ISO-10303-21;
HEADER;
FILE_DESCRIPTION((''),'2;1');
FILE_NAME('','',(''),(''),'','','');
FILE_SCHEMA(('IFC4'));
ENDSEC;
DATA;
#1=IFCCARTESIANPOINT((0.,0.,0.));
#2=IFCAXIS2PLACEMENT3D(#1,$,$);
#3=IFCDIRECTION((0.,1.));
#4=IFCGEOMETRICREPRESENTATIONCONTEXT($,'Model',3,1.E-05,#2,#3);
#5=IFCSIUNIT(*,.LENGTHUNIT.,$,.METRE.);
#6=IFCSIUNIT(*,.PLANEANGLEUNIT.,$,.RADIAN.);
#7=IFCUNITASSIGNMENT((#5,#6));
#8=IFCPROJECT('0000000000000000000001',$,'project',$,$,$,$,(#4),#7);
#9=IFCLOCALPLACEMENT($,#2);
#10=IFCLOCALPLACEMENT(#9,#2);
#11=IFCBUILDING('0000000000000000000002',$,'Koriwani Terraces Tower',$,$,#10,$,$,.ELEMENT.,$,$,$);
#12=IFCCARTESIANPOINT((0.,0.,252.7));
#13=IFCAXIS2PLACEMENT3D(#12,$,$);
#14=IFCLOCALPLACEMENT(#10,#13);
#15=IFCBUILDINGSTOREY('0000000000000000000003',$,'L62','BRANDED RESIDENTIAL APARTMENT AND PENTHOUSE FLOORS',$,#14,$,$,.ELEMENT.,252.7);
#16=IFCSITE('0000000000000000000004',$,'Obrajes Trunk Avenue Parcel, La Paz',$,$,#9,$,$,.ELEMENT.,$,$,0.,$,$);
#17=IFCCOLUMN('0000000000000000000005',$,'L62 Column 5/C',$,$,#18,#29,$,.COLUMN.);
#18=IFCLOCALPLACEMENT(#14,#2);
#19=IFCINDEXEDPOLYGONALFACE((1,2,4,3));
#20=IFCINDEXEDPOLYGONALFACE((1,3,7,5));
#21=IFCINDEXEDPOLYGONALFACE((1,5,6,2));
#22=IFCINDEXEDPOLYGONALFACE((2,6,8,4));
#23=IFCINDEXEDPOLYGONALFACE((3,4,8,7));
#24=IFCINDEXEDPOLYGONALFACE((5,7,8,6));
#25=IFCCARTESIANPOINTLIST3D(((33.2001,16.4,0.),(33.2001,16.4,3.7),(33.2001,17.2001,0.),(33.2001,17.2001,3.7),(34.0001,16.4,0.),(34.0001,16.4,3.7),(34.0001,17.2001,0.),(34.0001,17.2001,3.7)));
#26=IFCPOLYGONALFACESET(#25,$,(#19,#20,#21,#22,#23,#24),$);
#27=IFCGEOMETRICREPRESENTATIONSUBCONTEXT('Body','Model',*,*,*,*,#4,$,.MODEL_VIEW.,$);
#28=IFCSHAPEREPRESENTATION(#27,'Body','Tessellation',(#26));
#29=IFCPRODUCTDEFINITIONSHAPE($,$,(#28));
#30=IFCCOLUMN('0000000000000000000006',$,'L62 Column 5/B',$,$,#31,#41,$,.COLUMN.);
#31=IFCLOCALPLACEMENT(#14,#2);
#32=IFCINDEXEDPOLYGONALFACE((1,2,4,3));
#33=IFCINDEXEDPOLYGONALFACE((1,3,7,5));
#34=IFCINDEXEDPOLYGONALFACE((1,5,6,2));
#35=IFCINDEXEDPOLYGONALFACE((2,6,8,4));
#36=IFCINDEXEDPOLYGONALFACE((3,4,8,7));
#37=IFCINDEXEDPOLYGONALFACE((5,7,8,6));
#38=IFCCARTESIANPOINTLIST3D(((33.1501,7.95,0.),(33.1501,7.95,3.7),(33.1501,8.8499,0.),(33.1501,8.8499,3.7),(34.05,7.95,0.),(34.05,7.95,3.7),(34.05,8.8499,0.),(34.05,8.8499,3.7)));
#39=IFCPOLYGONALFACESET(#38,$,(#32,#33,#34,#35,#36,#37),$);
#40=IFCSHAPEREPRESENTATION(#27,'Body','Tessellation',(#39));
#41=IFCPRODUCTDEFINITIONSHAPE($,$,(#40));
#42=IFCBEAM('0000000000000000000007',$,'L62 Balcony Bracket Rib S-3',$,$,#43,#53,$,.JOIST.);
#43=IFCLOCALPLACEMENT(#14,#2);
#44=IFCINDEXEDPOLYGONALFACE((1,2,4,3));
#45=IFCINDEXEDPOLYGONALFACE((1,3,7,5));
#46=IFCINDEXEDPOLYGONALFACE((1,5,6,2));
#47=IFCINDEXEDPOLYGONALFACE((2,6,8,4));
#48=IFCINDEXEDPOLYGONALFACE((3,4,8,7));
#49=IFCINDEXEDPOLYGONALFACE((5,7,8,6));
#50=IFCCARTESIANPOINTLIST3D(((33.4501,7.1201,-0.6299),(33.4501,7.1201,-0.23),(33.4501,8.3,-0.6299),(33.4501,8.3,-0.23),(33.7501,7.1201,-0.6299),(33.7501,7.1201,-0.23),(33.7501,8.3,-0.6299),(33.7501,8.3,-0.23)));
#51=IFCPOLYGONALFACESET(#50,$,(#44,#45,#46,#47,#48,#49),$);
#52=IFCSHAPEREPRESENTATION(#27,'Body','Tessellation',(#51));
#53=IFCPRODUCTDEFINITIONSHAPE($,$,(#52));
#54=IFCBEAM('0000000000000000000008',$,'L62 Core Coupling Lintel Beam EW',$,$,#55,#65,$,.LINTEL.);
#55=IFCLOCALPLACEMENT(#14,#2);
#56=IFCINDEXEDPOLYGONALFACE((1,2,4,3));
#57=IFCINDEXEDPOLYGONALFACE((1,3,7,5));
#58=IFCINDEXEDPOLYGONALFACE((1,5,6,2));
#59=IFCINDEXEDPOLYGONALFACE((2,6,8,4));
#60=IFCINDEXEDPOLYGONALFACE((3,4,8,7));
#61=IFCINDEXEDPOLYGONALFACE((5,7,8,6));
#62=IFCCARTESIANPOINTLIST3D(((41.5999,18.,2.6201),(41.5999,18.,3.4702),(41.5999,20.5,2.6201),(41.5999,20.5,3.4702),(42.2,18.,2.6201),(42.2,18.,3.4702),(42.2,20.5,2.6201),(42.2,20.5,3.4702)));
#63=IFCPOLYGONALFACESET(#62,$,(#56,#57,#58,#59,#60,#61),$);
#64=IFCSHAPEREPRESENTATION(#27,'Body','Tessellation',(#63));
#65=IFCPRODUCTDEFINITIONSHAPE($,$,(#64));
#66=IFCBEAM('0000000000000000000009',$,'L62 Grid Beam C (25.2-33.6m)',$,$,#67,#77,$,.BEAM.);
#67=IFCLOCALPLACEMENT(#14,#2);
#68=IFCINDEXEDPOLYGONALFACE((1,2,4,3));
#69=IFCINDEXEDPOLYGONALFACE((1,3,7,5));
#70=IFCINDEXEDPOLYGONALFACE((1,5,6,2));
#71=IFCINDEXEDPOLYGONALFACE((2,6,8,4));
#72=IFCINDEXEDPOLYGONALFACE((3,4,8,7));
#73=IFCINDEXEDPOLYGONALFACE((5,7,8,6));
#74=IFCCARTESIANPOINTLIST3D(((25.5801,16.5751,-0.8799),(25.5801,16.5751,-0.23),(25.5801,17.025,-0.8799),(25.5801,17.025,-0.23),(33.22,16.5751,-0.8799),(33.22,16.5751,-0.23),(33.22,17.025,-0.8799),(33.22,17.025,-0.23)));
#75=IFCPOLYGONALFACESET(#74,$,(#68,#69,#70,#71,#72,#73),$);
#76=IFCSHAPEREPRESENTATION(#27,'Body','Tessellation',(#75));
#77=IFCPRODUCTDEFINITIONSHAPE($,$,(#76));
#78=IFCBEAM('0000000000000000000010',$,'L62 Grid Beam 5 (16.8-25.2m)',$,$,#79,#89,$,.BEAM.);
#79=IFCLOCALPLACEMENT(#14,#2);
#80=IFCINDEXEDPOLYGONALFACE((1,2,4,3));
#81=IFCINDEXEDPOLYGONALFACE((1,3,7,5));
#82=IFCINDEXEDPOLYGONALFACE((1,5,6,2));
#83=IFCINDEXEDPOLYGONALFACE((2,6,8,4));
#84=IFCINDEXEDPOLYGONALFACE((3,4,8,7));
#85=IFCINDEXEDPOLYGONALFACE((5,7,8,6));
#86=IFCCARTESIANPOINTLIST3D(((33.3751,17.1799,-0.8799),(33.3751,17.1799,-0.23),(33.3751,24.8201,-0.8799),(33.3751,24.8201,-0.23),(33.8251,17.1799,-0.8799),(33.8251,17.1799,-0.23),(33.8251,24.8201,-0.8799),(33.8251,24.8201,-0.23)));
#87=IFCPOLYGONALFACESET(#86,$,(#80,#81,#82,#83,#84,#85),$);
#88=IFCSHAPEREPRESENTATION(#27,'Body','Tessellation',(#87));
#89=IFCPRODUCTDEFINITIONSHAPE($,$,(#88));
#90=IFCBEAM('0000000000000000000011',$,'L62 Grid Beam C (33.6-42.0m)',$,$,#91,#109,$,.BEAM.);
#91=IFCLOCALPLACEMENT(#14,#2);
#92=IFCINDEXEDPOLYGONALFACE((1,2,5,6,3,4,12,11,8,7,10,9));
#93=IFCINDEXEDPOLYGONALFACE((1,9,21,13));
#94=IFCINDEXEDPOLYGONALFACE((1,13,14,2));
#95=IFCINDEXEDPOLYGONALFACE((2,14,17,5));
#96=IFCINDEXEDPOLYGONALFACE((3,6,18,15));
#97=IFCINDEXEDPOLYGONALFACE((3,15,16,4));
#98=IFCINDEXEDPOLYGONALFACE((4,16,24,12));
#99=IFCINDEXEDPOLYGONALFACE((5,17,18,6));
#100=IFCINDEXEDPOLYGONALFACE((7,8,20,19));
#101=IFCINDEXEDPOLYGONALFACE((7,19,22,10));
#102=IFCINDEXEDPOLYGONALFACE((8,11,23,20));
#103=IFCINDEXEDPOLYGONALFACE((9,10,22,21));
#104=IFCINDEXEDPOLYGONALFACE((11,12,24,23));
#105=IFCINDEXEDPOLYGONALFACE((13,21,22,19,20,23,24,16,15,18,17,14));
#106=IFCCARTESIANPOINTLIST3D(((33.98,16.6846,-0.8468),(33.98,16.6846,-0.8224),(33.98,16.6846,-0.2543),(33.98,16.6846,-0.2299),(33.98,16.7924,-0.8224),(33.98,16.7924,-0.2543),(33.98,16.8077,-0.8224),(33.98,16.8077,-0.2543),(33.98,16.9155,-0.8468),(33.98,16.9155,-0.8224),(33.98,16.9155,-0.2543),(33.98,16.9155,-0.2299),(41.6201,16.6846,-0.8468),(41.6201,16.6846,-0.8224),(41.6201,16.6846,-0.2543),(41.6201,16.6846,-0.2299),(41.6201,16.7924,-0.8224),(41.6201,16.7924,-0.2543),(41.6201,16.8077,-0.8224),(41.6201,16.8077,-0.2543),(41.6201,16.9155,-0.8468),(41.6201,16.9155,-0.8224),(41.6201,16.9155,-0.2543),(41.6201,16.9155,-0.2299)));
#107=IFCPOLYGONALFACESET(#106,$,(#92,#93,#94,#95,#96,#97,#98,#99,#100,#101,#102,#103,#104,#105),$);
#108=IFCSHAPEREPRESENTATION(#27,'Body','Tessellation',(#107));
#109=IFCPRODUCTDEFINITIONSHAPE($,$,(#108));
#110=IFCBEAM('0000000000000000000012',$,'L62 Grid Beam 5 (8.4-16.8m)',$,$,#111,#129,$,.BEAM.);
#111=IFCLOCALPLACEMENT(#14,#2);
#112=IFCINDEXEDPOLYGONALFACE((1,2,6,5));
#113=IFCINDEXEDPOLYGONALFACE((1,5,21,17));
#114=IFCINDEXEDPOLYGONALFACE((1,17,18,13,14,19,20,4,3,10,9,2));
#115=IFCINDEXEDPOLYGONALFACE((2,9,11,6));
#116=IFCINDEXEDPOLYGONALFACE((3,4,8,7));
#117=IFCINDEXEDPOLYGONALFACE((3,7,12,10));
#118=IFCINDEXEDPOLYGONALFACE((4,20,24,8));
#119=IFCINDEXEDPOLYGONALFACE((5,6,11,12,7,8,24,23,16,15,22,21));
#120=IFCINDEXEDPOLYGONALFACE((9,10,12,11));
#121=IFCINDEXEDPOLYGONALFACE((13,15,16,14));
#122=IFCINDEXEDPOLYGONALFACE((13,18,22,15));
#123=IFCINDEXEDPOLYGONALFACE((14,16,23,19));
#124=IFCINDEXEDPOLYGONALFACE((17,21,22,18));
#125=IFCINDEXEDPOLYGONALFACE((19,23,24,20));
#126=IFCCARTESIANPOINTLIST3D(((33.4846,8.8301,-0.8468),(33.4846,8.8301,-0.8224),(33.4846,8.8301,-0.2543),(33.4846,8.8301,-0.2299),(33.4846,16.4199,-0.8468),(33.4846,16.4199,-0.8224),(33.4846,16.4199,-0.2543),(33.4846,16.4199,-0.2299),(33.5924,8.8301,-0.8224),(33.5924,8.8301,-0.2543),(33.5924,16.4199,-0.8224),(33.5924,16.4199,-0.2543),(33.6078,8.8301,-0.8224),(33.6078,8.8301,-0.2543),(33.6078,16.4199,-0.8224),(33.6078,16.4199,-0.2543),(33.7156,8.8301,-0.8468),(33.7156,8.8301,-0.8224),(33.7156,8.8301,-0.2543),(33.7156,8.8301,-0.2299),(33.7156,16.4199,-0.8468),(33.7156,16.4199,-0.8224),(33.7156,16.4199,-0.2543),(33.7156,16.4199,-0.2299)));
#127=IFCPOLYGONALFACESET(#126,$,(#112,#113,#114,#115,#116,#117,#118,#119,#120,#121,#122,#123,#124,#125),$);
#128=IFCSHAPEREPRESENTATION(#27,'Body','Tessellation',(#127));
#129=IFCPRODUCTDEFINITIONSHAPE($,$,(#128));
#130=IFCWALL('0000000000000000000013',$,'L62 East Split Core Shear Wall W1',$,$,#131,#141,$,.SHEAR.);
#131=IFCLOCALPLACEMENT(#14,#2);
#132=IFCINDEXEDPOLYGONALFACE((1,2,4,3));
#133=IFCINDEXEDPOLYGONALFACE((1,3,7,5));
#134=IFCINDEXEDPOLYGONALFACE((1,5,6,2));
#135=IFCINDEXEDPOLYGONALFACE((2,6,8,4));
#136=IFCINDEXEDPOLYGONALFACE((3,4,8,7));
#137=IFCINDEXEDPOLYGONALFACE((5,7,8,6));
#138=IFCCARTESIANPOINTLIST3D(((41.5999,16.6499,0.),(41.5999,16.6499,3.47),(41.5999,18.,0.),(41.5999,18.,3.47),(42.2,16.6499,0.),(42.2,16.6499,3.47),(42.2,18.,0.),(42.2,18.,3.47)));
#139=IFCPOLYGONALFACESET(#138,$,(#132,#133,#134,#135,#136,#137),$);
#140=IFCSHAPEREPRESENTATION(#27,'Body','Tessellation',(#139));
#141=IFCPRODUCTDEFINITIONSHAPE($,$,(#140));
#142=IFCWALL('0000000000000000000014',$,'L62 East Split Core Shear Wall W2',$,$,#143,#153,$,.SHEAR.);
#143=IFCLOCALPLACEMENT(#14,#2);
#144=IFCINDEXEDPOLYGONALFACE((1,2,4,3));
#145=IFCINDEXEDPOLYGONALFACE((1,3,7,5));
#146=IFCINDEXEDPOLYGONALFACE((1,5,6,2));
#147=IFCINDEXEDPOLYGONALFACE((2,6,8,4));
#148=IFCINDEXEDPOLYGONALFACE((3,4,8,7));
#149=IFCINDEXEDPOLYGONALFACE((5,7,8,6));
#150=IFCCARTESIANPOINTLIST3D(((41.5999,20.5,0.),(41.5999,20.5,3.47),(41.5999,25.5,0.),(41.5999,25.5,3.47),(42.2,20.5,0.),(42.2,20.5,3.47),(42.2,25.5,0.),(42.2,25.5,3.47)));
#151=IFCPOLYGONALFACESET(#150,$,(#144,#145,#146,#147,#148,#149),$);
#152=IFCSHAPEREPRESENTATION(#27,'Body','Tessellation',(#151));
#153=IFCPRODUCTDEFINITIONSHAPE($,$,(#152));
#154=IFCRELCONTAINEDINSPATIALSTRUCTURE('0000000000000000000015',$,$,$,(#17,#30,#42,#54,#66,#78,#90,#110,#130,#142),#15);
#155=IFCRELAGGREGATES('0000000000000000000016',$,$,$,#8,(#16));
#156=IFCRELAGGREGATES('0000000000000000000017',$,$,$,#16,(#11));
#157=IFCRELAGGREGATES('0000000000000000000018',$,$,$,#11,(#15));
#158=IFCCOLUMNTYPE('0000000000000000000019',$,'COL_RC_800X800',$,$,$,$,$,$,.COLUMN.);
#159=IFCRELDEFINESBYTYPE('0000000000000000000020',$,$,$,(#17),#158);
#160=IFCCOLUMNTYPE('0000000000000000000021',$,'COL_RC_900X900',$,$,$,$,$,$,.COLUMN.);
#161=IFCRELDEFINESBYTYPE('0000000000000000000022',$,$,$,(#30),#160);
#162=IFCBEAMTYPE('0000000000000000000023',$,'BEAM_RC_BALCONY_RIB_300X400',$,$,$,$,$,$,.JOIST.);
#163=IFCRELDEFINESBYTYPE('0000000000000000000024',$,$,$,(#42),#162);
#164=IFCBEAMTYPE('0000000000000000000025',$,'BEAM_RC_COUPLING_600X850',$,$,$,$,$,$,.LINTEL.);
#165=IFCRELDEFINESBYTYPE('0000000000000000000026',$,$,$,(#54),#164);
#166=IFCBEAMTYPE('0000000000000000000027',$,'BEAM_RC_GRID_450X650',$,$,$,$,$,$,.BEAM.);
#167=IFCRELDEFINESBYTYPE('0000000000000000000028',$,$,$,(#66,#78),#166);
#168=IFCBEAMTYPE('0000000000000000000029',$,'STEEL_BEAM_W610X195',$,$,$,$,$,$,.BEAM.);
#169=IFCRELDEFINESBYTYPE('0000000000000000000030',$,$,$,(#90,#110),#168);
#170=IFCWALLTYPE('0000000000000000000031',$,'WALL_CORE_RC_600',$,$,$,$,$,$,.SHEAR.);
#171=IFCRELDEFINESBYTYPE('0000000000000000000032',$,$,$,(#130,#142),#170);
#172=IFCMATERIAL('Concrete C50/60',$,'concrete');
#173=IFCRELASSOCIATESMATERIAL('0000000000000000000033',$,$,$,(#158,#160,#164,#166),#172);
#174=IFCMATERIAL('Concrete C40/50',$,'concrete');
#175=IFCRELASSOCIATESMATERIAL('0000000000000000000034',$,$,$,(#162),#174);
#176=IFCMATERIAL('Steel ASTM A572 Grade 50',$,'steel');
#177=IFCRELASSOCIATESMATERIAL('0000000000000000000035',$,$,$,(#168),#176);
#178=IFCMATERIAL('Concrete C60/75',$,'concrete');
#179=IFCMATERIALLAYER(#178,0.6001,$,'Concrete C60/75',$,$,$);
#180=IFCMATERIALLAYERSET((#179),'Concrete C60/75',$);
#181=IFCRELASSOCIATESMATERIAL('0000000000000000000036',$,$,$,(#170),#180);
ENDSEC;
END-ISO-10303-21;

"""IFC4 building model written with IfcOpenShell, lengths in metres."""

from ifc_helpers import new_model, si_unit, direction, frame, frame_2d, origin, origin_2d, place, context, subcontext, project, spatial, rectangle, i_section, extrude, material, layer, layer_set, material_profile, profile_set, type_object, element, save


model = new_model("IFC4")

# Units and contexts
model_context = context("Model", 3, precision=1e-05, world=origin(), true_north=direction((0.0, 1.0)))
body_context = subcontext(model_context, "Body", "Model", "MODEL_VIEW")
ifc_project = project(units=[si_unit("LENGTHUNIT", "METRE"), si_unit("PLANEANGLEUNIT", "RADIAN")], contexts=[model_context])

# Site, building, storey
site_placement = place(None, origin())
site = spatial("IfcSite", under=ifc_project, at=site_placement, Name="Obrajes Trunk Avenue Parcel, La Paz", CompositionType="ELEMENT", RefElevation=0.0)
building_placement = place(site_placement, origin())
building = spatial("IfcBuilding", under=site, at=building_placement, Name="Koriwani Terraces Tower", CompositionType="ELEMENT")
storey_placement = place(building_placement, frame((0.0, 0.0, 252.7)))
storey = spatial("IfcBuildingStorey", under=building, at=storey_placement, Name="L62", Description="BRANDED RESIDENTIAL APARTMENT AND PENTHOUSE FLOORS", CompositionType="ELEMENT", Elevation=252.7)

# Columns
ifc_material_1 = material(Name="Concrete C50/60", Category="concrete")
ifc_material_profile_1 = material_profile(ifc_material_1, rectangle(XDim=0.8, YDim=0.8, at=origin_2d()), Name="Concrete C50/60", Category="LoadBearing")
ifc_profile_set_1 = profile_set([ifc_material_profile_1], Name="Concrete C50/60")
column_type_1 = type_object("IfcColumnType", Name="COL_RC_800X800", PredefinedType="COLUMN", material=ifc_profile_set_1)
column_1_placement = place(storey_placement, frame((33.6001, 16.8, 0.0), z_axis=(0.0, 0.0, 1.0), x_axis=(1.0, 0.0, 0.0)))
element("IfcColumn", 1, at=column_1_placement, inside=storey, type_object=column_type_1, Name="L62 Column 5/C", PredefinedType="COLUMN", context=body_context, shape_type="SweptSolid", body=[
    extrude(rectangle(XDim=0.8, YDim=0.8, at=origin_2d()), origin(), (0.0, 0.0, 1.0), 3.7),
])
ifc_material_profile_2 = material_profile(ifc_material_1, rectangle(XDim=0.8999, YDim=0.8999, at=origin_2d()), Name="Concrete C50/60", Category="LoadBearing")
ifc_profile_set_2 = profile_set([ifc_material_profile_2], Name="Concrete C50/60")
column_type_2 = type_object("IfcColumnType", Name="COL_RC_900X900", PredefinedType="COLUMN", material=ifc_profile_set_2)
column_2_placement = place(storey_placement, frame((33.6001, 8.3999, 0.0), z_axis=(0.0, 0.0, 1.0), x_axis=(1.0, 0.0, 0.0)))
element("IfcColumn", 2, at=column_2_placement, inside=storey, type_object=column_type_2, Name="L62 Column 5/B", PredefinedType="COLUMN", context=body_context, shape_type="SweptSolid", body=[
    extrude(rectangle(XDim=0.8999, YDim=0.8999, at=origin_2d()), origin(), (0.0, 0.0, 1.0), 3.7),
])

# Beams
ifc_material_2 = material(Name="Concrete C40/50", Category="concrete")
ifc_material_profile_3 = material_profile(ifc_material_2, rectangle(XDim=0.3, YDim=0.3999, at=origin_2d()), Name="Concrete C40/50", Category="LoadBearing")
ifc_profile_set_3 = profile_set([ifc_material_profile_3], Name="Concrete C40/50")
beam_type_1 = type_object("IfcBeamType", Name="BEAM_RC_BALCONY_RIB_300X400", PredefinedType="JOIST", material=ifc_profile_set_3)
beam_1_placement = place(storey_placement, frame((33.6001, 7.1201, -0.4299), z_axis=(0.0, 1.0, 0.0), x_axis=(-1.0, 0.0, 0.0)))
element("IfcBeam", 3, at=beam_1_placement, inside=storey, type_object=beam_type_1, Name="L62 Balcony Bracket Rib S-3", PredefinedType="JOIST", context=body_context, shape_type="SweptSolid", body=[
    extrude(rectangle(XDim=0.3, YDim=0.3999, at=origin_2d()), origin(), (0.0, 0.0, 1.0), 1.1799),
])
ifc_material_profile_4 = material_profile(ifc_material_1, rectangle(XDim=0.6001, YDim=0.8501, at=origin_2d()), Name="Concrete C50/60", Category="LoadBearing")
ifc_profile_set_4 = profile_set([ifc_material_profile_4], Name="Concrete C50/60")
beam_type_2 = type_object("IfcBeamType", Name="BEAM_RC_COUPLING_600X850", PredefinedType="LINTEL", material=ifc_profile_set_4)
beam_2_placement = place(storey_placement, frame((41.8999, 18.0, 3.0452), z_axis=(0.0, 1.0, 0.0), x_axis=(-1.0, 0.0, 0.0)))
element("IfcBeam", 4, at=beam_2_placement, inside=storey, type_object=beam_type_2, Name="L62 Core Coupling Lintel Beam EW", PredefinedType="LINTEL", context=body_context, shape_type="SweptSolid", body=[
    extrude(rectangle(XDim=0.6001, YDim=0.8501, at=origin_2d()), origin(), (0.0, 0.0, 1.0), 2.5),
])
ifc_material_profile_5 = material_profile(ifc_material_1, rectangle(XDim=0.45, YDim=0.6499, at=origin_2d()), Name="Concrete C50/60", Category="LoadBearing")
ifc_profile_set_5 = profile_set([ifc_material_profile_5], Name="Concrete C50/60")
beam_type_3 = type_object("IfcBeamType", Name="BEAM_RC_GRID_450X650", PredefinedType="BEAM", material=ifc_profile_set_5)
beam_3_placement = place(storey_placement, frame((25.5801, 16.8, -0.5549), z_axis=(1.0, 0.0, 0.0), x_axis=(0.0, 1.0, 0.0)))
element("IfcBeam", 5, at=beam_3_placement, inside=storey, type_object=beam_type_3, Name="L62 Grid Beam C (25.2-33.6m)", PredefinedType="BEAM", context=body_context, shape_type="SweptSolid", body=[
    extrude(rectangle(XDim=0.45, YDim=0.6499, at=origin_2d()), origin(), (0.0, 0.0, 1.0), 7.6399),
])
beam_4_placement = place(storey_placement, frame((33.6001, 17.1799, -0.5549), z_axis=(0.0, 1.0, 0.0), x_axis=(-1.0, 0.0, 0.0)))
element("IfcBeam", 6, at=beam_4_placement, inside=storey, type_object=beam_type_3, Name="L62 Grid Beam 5 (16.8-25.2m)", PredefinedType="BEAM", context=body_context, shape_type="SweptSolid", body=[
    extrude(rectangle(XDim=0.45, YDim=0.6499, at=origin_2d()), origin(), (0.0, 0.0, 1.0), 7.6401),
])
ifc_material_3 = material(Name="Steel ASTM A572 Grade 50", Category="steel")
ifc_material_profile_6 = material_profile(ifc_material_3, i_section(OverallWidth=0.231, OverallDepth=0.6169, WebThickness=0.0154, FlangeThickness=0.0244, at=origin_2d()), Name="Steel ASTM A572 Grade 50", Category="LoadBearing")
ifc_profile_set_6 = profile_set([ifc_material_profile_6], Name="Steel ASTM A572 Grade 50")
beam_type_4 = type_object("IfcBeamType", Name="STEEL_BEAM_W610X195", PredefinedType="BEAM", material=ifc_profile_set_6)
beam_5_placement = place(storey_placement, frame((33.98, 16.8, -0.5383), z_axis=(1.0, 0.0, 0.0), x_axis=(0.0, 1.0, 0.0)))
element("IfcBeam", 7, at=beam_5_placement, inside=storey, type_object=beam_type_4, Name="L62 Grid Beam C (33.6-42.0m)", PredefinedType="BEAM", context=body_context, shape_type="SweptSolid", body=[
    extrude(i_section(OverallWidth=0.231, OverallDepth=0.6169, WebThickness=0.0154, FlangeThickness=0.0244, at=origin_2d()), origin(), (0.0, 0.0, 1.0), 7.6401),
])
beam_6_placement = place(storey_placement, frame((33.6001, 8.8301, -0.5383), z_axis=(0.0, 1.0, 0.0), x_axis=(-1.0, 0.0, 0.0)))
element("IfcBeam", 8, at=beam_6_placement, inside=storey, type_object=beam_type_4, Name="L62 Grid Beam 5 (8.4-16.8m)", PredefinedType="BEAM", context=body_context, shape_type="SweptSolid", body=[
    extrude(i_section(OverallWidth=0.231, OverallDepth=0.6169, WebThickness=0.0154, FlangeThickness=0.0244, at=origin_2d()), origin(), (0.0, 0.0, 1.0), 7.5898),
])

# Walls
ifc_material_4 = material(Name="Concrete C60/75", Category="concrete")
ifc_layer_1 = layer(ifc_material_4, 0.6001, Name="Concrete C60/75")
ifc_layer_set_1 = layer_set([ifc_layer_1], Name="Concrete C60/75")
wall_type_1 = type_object("IfcWallType", Name="WALL_CORE_RC_600", PredefinedType="SHEAR", material=ifc_layer_set_1)
wall_1_placement = place(storey_placement, frame((41.8999, 16.6499, 0.0), z_axis=(0.0, 0.0, 1.0), x_axis=(0.0, 1.0, 0.0)))
element("IfcWall", 9, at=wall_1_placement, inside=storey, type_object=wall_type_1, Name="L62 East Split Core Shear Wall W1", PredefinedType="SHEAR", context=body_context, shape_type="SweptSolid", body=[
    extrude(rectangle(XDim=1.3501, YDim=0.6001, at=frame_2d((0.675, 0.0))), origin(), (0.0, 0.0, 1.0), 3.47),
])
wall_2_placement = place(storey_placement, frame((41.8999, 20.5, 0.0), z_axis=(0.0, 0.0, 1.0), x_axis=(0.0, 1.0, 0.0)))
element("IfcWall", 10, at=wall_2_placement, inside=storey, type_object=wall_type_1, Name="L62 East Split Core Shear Wall W2", PredefinedType="SHEAR", context=body_context, shape_type="SweptSolid", body=[
    extrude(rectangle(XDim=5.0, YDim=0.6001, at=frame_2d((2.5, 0.0))), origin(), (0.0, 0.0, 1.0), 3.47),
])

save(model, "model.ifc")
